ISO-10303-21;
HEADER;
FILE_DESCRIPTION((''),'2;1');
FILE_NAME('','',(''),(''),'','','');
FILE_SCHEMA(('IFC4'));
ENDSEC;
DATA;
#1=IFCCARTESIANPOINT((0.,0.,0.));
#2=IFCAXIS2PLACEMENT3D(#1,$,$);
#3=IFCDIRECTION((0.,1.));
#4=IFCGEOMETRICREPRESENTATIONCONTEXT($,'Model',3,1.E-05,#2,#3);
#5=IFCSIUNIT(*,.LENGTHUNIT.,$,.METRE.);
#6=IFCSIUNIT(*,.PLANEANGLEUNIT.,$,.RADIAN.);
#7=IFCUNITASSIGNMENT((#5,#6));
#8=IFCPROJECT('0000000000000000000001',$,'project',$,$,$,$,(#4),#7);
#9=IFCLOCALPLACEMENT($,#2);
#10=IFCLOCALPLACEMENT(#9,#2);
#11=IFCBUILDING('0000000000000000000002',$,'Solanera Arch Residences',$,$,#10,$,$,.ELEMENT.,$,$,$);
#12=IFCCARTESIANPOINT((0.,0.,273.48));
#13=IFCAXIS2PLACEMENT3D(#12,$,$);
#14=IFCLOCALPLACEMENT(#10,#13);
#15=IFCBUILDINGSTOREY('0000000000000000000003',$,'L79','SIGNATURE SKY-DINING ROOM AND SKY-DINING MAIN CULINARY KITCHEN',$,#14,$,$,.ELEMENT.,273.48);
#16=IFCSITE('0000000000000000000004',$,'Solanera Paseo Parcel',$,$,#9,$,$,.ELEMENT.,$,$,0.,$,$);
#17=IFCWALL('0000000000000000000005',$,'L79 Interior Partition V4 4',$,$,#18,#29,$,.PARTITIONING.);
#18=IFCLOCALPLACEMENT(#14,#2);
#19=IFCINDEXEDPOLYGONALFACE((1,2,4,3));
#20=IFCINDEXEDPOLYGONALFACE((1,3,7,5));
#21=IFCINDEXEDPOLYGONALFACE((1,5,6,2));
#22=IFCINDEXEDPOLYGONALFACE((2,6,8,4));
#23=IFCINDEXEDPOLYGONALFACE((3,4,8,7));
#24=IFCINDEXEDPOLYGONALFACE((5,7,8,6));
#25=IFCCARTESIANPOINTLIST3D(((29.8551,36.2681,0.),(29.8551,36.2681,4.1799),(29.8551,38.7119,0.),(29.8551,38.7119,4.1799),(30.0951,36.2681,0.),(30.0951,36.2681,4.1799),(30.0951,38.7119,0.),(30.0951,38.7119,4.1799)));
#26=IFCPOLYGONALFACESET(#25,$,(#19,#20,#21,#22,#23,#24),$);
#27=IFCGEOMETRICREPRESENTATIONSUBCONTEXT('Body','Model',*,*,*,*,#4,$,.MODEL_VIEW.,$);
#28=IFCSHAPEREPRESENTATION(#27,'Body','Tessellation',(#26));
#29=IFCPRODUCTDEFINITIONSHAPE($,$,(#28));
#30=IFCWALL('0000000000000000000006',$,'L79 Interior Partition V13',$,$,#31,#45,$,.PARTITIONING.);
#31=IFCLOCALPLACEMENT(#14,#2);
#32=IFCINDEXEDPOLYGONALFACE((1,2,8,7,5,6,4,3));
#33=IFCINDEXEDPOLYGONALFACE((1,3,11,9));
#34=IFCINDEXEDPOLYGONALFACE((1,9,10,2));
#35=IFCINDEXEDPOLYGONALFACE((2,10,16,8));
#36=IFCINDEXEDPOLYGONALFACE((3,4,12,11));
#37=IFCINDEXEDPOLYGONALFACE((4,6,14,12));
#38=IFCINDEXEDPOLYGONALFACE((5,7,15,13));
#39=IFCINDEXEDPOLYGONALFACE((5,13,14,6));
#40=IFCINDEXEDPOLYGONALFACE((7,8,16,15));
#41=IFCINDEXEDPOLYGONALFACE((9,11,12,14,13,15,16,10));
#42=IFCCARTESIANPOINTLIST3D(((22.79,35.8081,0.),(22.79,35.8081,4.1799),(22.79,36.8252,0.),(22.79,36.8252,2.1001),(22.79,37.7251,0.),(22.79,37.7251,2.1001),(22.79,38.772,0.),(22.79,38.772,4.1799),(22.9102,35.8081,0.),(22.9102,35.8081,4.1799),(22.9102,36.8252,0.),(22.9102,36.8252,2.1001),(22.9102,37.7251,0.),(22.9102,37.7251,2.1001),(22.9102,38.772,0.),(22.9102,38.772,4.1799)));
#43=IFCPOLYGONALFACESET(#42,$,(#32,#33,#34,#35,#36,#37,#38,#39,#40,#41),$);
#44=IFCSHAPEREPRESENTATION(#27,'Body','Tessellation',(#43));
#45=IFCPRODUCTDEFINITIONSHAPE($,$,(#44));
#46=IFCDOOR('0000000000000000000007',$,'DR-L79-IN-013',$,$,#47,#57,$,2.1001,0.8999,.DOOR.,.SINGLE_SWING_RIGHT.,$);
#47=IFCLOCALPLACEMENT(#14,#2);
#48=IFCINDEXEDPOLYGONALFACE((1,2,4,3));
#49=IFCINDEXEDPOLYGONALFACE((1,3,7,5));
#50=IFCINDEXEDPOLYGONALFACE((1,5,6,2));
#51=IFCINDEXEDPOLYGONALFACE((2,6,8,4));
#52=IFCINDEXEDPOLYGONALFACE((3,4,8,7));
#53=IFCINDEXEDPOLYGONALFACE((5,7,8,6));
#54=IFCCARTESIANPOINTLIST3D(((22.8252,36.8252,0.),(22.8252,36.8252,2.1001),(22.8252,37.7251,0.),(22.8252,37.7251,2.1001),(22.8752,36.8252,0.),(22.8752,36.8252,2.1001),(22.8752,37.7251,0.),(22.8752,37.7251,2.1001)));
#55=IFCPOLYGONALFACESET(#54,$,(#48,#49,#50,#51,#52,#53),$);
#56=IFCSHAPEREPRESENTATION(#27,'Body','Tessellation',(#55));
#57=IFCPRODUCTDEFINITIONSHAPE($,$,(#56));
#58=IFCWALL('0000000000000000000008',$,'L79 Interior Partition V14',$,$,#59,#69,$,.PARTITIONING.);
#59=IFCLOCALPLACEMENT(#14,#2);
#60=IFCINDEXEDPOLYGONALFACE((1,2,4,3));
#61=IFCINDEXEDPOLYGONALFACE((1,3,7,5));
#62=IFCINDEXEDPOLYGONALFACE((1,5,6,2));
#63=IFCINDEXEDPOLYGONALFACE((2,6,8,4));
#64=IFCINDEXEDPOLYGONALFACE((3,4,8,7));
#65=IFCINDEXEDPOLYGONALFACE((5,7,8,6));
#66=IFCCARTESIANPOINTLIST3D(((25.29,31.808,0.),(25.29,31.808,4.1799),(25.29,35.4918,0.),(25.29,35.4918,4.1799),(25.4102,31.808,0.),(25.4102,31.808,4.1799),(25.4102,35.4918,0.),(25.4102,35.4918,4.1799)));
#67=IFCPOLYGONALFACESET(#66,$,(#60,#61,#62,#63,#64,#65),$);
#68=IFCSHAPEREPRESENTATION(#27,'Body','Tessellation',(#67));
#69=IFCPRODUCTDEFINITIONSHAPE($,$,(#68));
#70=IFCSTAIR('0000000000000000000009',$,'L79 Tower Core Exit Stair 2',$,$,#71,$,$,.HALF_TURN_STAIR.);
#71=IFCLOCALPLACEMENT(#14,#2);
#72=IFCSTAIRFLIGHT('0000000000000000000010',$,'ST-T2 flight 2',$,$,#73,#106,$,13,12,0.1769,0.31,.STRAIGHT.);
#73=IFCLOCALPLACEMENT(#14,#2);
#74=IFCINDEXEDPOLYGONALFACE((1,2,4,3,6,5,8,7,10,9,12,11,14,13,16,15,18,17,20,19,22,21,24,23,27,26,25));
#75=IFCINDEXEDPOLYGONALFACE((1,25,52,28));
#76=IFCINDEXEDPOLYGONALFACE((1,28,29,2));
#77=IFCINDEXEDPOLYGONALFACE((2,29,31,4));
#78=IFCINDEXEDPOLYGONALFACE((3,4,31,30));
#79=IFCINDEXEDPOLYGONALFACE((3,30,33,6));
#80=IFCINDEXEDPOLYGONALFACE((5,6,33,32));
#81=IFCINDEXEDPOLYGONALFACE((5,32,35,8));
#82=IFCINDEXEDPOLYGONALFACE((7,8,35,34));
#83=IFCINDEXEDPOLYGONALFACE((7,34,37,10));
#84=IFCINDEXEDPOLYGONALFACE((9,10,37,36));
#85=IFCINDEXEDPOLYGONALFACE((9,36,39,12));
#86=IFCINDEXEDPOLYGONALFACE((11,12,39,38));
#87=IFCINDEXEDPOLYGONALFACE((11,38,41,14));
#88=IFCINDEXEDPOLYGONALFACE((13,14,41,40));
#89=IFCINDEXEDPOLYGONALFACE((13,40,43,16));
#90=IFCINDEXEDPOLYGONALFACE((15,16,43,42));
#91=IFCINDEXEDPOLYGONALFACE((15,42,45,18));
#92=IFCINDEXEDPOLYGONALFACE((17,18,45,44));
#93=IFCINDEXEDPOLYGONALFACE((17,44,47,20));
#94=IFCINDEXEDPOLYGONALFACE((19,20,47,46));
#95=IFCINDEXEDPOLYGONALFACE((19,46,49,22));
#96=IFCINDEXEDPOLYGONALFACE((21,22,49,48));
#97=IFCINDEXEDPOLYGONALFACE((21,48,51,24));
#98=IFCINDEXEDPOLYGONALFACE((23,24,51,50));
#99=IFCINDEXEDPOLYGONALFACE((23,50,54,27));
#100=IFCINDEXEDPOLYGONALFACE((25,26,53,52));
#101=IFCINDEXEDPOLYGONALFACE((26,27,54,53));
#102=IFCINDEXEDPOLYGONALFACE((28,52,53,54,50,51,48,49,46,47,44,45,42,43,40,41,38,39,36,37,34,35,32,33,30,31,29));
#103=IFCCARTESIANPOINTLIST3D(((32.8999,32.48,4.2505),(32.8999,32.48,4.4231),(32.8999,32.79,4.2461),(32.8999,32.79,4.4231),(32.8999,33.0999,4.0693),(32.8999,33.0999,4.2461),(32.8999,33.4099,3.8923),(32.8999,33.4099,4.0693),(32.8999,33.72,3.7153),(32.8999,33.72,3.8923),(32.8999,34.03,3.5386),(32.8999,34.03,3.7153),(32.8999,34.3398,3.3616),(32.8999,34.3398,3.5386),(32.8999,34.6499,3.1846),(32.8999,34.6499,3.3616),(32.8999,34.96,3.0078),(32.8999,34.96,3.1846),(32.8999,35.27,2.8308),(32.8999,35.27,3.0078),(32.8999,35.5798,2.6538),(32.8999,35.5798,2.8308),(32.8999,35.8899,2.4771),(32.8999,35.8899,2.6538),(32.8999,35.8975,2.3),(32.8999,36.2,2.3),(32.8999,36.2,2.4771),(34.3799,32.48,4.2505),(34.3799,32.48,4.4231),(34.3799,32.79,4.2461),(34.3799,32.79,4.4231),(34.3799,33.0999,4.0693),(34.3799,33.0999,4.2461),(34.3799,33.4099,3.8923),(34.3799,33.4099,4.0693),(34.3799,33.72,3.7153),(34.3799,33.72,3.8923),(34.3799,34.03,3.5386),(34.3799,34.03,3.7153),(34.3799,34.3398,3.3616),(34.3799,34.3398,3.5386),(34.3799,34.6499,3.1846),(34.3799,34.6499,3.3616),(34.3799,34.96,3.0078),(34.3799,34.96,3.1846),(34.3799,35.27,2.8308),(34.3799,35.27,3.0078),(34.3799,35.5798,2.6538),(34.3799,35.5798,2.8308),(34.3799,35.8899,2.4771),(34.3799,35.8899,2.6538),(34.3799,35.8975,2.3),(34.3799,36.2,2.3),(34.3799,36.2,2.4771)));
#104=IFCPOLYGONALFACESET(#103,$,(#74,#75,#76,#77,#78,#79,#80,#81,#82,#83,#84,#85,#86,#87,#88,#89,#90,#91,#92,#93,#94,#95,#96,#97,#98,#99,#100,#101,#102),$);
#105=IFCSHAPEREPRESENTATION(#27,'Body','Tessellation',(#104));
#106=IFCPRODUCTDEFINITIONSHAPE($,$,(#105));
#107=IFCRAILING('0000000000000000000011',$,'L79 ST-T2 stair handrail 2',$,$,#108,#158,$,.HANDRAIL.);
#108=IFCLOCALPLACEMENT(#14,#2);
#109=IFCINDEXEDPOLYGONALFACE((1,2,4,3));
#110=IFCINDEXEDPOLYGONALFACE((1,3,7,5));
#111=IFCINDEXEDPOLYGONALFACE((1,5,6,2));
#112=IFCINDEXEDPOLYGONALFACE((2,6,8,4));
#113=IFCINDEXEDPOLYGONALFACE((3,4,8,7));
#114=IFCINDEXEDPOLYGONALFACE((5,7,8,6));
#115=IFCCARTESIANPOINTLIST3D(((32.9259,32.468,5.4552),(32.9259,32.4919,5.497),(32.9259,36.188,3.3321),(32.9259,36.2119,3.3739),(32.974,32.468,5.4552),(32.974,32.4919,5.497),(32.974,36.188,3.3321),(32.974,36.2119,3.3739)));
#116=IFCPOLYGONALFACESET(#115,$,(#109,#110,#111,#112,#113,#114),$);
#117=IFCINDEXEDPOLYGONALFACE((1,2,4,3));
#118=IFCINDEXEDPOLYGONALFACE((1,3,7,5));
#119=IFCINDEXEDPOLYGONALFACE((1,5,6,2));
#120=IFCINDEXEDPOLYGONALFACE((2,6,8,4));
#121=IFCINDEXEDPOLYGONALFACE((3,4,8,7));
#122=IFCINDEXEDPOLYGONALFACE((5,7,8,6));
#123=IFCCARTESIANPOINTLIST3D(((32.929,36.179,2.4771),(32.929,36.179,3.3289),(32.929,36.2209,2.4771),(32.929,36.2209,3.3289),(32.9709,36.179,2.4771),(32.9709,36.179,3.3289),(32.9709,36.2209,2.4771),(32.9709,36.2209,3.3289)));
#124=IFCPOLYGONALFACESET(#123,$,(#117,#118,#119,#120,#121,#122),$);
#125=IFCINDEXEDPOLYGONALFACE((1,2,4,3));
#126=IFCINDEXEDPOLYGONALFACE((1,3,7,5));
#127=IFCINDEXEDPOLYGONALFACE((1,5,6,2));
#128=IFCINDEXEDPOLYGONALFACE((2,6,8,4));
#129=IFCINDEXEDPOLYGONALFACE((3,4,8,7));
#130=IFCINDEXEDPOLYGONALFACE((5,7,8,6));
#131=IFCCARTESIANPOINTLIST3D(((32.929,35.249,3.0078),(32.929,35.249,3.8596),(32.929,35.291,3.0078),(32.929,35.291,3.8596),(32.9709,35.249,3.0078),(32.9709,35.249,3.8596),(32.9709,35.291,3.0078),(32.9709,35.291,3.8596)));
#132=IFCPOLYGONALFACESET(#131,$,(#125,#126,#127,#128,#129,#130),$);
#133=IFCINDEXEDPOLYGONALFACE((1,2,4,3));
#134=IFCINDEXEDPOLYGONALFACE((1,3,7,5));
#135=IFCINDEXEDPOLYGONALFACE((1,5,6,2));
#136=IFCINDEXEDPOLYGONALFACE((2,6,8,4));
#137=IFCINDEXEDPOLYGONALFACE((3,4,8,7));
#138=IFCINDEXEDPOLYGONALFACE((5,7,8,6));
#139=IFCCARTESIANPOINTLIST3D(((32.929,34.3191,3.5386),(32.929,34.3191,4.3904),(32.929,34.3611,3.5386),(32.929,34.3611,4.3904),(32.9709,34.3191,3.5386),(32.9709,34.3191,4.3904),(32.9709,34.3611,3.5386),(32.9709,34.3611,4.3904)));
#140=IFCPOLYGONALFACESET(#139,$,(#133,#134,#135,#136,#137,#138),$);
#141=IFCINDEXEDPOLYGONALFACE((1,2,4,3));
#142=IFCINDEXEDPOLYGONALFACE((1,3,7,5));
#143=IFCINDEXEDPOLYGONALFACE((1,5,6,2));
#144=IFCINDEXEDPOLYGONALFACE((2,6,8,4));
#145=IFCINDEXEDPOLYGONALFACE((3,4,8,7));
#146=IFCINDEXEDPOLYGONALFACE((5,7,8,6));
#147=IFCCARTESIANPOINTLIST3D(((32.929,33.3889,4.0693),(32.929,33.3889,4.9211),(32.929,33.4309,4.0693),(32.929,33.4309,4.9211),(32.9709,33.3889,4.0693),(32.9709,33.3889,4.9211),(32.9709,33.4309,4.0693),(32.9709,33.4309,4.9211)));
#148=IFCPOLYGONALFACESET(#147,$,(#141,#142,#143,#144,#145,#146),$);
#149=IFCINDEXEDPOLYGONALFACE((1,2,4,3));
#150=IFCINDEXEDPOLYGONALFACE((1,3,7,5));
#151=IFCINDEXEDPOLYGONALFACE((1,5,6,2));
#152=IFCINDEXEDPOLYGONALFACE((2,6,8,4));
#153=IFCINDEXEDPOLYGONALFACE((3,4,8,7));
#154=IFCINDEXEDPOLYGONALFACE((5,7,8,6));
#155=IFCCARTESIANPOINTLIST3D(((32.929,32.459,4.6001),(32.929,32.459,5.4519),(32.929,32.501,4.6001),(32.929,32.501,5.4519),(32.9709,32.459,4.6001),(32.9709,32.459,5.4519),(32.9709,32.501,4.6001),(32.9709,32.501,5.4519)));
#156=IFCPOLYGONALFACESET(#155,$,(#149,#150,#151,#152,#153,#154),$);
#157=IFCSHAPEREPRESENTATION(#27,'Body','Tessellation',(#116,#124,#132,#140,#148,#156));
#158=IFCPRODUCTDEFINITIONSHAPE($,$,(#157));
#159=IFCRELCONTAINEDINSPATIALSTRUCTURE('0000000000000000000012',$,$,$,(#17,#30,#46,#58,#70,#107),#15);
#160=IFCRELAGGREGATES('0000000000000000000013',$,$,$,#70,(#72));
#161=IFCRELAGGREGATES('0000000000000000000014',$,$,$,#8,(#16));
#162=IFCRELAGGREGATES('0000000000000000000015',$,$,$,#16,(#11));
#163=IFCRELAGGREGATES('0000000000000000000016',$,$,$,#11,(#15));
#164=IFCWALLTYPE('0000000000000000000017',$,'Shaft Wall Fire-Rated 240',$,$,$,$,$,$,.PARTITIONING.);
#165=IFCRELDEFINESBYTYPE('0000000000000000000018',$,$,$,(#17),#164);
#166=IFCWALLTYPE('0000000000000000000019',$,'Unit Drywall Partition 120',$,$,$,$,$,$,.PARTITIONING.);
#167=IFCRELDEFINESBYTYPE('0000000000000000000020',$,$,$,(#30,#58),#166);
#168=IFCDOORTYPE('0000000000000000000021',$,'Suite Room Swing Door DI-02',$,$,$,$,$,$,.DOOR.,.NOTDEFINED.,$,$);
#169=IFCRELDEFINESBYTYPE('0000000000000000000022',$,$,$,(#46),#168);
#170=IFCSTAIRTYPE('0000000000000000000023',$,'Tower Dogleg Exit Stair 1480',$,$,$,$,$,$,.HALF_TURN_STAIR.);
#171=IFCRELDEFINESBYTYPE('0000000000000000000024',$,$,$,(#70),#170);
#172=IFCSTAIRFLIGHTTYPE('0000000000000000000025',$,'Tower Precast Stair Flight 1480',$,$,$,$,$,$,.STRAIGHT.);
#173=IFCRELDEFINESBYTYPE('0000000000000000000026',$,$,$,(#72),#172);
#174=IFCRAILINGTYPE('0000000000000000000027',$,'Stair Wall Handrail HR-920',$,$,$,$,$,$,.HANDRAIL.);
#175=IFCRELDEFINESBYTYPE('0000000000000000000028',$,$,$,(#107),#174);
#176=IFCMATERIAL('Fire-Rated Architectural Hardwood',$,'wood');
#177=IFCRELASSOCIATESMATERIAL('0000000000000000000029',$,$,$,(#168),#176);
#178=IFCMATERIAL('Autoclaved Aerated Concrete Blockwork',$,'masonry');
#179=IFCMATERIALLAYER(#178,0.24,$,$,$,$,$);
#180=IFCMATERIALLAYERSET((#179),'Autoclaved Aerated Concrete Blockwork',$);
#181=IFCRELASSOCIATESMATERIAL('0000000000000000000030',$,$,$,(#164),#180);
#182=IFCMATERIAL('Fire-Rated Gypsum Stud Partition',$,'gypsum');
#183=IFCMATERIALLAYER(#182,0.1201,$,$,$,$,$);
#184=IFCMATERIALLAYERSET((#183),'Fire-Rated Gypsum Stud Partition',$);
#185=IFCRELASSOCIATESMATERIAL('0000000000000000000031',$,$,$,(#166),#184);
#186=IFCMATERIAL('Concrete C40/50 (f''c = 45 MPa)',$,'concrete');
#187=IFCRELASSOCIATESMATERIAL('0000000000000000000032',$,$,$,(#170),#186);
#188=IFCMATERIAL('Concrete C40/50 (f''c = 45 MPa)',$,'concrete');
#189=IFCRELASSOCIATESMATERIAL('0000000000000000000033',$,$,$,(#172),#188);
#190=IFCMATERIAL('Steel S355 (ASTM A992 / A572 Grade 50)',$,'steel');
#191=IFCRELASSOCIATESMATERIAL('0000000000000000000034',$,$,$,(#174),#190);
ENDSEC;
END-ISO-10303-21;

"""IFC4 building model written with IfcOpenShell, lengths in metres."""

from ifc_helpers import new_model, si_unit, direction, frame, frame_2d, origin, origin_2d, place, context, subcontext, project, spatial, polyline, rectangle, outline, extrude, material, layer, layer_set, type_object, element, fill, aggregate, save


model = new_model("IFC4")

# Units and contexts
model_context = context("Model", 3, precision=1e-05, world=origin(), true_north=direction((0.0, 1.0)))
body_context = subcontext(model_context, "Body", "Model", "MODEL_VIEW")
ifc_project = project(units=[si_unit("LENGTHUNIT", "METRE"), si_unit("PLANEANGLEUNIT", "RADIAN")], contexts=[model_context])

# Site, building, storey
site_placement = place(None, origin())
site = spatial("IfcSite", under=ifc_project, at=site_placement, Name="Solanera Paseo Parcel", CompositionType="ELEMENT", RefElevation=0.0)
building_placement = place(site_placement, origin())
building = spatial("IfcBuilding", under=site, at=building_placement, Name="Solanera Arch Residences", CompositionType="ELEMENT")
storey_placement = place(building_placement, frame((0.0, 0.0, 273.48)))
storey = spatial("IfcBuildingStorey", under=building, at=storey_placement, Name="L79", Description="SIGNATURE SKY-DINING ROOM AND SKY-DINING MAIN CULINARY KITCHEN", CompositionType="ELEMENT", Elevation=273.48)

# Shared definitions
ifc_material_1 = material(Name="Fire-Rated Architectural Hardwood", Category="wood")
door_type_1 = type_object("IfcDoorType", Name="Suite Room Swing Door DI-02", OperationType="NOTDEFINED", PredefinedType="DOOR", material=ifc_material_1)
ifc_material_2 = material(Name="Autoclaved Aerated Concrete Blockwork", Category="masonry")
ifc_layer_1 = layer(ifc_material_2, 0.24)
ifc_layer_set_1 = layer_set([ifc_layer_1], Name="Autoclaved Aerated Concrete Blockwork")
wall_type_1 = type_object("IfcWallType", Name="Shaft Wall Fire-Rated 240", PredefinedType="PARTITIONING", material=ifc_layer_set_1)

# Wall
wall_1_placement = place(storey_placement, frame((29.9751, 36.2681, 0.0), z_axis=(0.0, 0.0, 1.0), x_axis=(0.0, 1.0, 0.0)))
element("IfcWall", 1, at=wall_1_placement, inside=storey, type_object=wall_type_1, Name="L79 Interior Partition V4 4", PredefinedType="PARTITIONING", context=body_context, shape_type="SweptSolid", body=[
    extrude(rectangle(XDim=2.4438, YDim=0.24, at=frame_2d((1.2219, 0.0))), origin(), (0.0, 0.0, 1.0), 4.1799),
])

# Wall, opening, door
ifc_material_3 = material(Name="Fire-Rated Gypsum Stud Partition", Category="gypsum")
ifc_layer_2 = layer(ifc_material_3, 0.1201)
ifc_layer_set_2 = layer_set([ifc_layer_2], Name="Fire-Rated Gypsum Stud Partition")
wall_type_2 = type_object("IfcWallType", Name="Unit Drywall Partition 120", PredefinedType="PARTITIONING", material=ifc_layer_set_2)
wall_2_placement = place(storey_placement, frame((22.8501, 35.8081, 0.0), z_axis=(0.0, 0.0, 1.0), x_axis=(0.0, 1.0, 0.0)))
wall_2 = element("IfcWall", 2, at=wall_2_placement, inside=storey, type_object=wall_type_2, Name="L79 Interior Partition V13", PredefinedType="PARTITIONING", context=body_context, shape_type="SweptSolid", body=[
    extrude(rectangle(XDim=2.9639, YDim=0.1201, at=frame_2d((1.4819, 0.0))), origin(), (0.0, 0.0, 1.0), 4.1799),
])
opening_1_placement = place(wall_2_placement, frame((1.0171, 0.0, 0.0)))
opening_1 = element("IfcOpeningElement", 3, at=opening_1_placement, cuts=wall_2, PredefinedType="OPENING", context=body_context, shape_type="SweptSolid", body=[
    extrude(rectangle(XDim=0.8999, YDim=2.1001, at=frame_2d((0.45, 1.05))), frame((0.0, 0.0701, 0.0), z_axis=(0.0, -1.0, 0.0), x_axis=(1.0, 0.0, 0.0)), (0.0, 0.0, 1.0), 0.1401),
])
door_1_placement = place(opening_1_placement, origin())
door_1 = element("IfcDoor", 4, at=door_1_placement, inside=storey, type_object=door_type_1, Name="DR-L79-IN-013", OperationType="SINGLE_SWING_RIGHT", OverallHeight=2.1001, OverallWidth=0.8999, PredefinedType="DOOR", context=body_context, shape_type="SweptSolid", body=[
    extrude(rectangle(XDim=0.8999, YDim=2.1001, at=frame_2d((0.45, 1.05))), frame((0.0, 0.0249, 0.0), z_axis=(0.0, -1.0, 0.0), x_axis=(1.0, 0.0, 0.0)), (0.0, 0.0, 1.0), 0.05),
])
fill(opening_1, door_1)

# Wall
wall_3_placement = place(storey_placement, frame((25.3501, 31.8081, 0.0), z_axis=(0.0, 0.0, 1.0), x_axis=(0.0, 1.0, 0.0)))
element("IfcWall", 5, at=wall_3_placement, inside=storey, type_object=wall_type_2, Name="L79 Interior Partition V14", PredefinedType="PARTITIONING", context=body_context, shape_type="SweptSolid", body=[
    extrude(rectangle(XDim=3.6838, YDim=0.1201, at=frame_2d((1.8418, 0.0))), origin(), (0.0, 0.0, 1.0), 4.1799),
])

# Stair, stair flight
ifc_material_4 = material(Name="Concrete C40/50 (f'c = 45 MPa)", Category="concrete")
stair_type = type_object("IfcStairType", Name="Tower Dogleg Exit Stair 1480", PredefinedType="HALF_TURN_STAIR", material=ifc_material_4)
stair_placement = place(storey_placement, origin())
stair = element("IfcStair", 6, at=stair_placement, inside=storey, type_object=stair_type, Name="L79 Tower Core Exit Stair 2", PredefinedType="HALF_TURN_STAIR")
ifc_material_5 = material(Name="Concrete C40/50 (f'c = 45 MPa)", Category="concrete")
stair_flight_type = type_object("IfcStairFlightType", Name="Tower Precast Stair Flight 1480", PredefinedType="STRAIGHT", material=ifc_material_5)
stair_flight_placement = place(storey_placement, frame((33.6399, 36.2, 2.3), z_axis=(0.0, 0.0, 1.0), x_axis=(0.0, -1.0, 0.0)))
stair_flight = element("IfcStairFlight", 7, at=stair_flight_placement, type_object=stair_flight_type, Name="ST-T2 flight 2", NumberOfRisers=13, NumberOfTreads=12, PredefinedType="STRAIGHT", RiserHeight=0.1769, TreadLength=0.31, context=body_context, shape_type="SweptSolid", body=[
    extrude(outline(polyline([(0.0, 0.0), (0.0, 0.177), (0.3101, 0.177), (0.3101, 0.3538), (0.6201, 0.3538), (0.6201, 0.5308), (0.9299, 0.5308), (0.9299, 0.7078), (1.24, 0.7078), (1.24, 0.8845), (1.55, 0.8845), (1.55, 1.0615), (1.8601, 1.0615), (1.8601, 1.2385), (2.1699, 1.2385), (2.1699, 1.4153), (2.48, 1.4153), (2.48, 1.5923), (2.79, 1.5923), (2.79, 1.7693), (3.1001, 1.7693), (3.1001, 1.946), (3.4099, 1.946), (3.4099, 2.123), (3.72, 2.123), (3.72, 2.3), (3.72, 1.9504), (0.3025, 0.0), (0.0, 0.0)])), frame((0.0, 0.74, 0.0), z_axis=(0.0, -1.0, 0.0), x_axis=(1.0, 0.0, 0.0)), (0.0, 0.0, 1.0), 1.48),
])
aggregate(stair, [stair_flight])

# Railing
ifc_material_6 = material(Name="Steel S355 (ASTM A992 / A572 Grade 50)", Category="steel")
railing_type = type_object("IfcRailingType", Name="Stair Wall Handrail HR-920", PredefinedType="HANDRAIL", material=ifc_material_6)
railing_placement = place(storey_placement, frame((32.95, 36.2, 2.4771)))
element("IfcRailing", 8, at=railing_placement, inside=storey, type_object=railing_type, Name="L79 ST-T2 stair handrail 2", PredefinedType="HANDRAIL", context=body_context, shape_type="SweptSolid", body=[
    extrude(rectangle(XDim=0.0481, YDim=0.0481, at=origin_2d()), frame((0.0, 0.0, 0.876), z_axis=(0.0, -0.86851, 0.495672), x_axis=(1.0, 0.0, 0.0)), (0.0, 0.0, 1.0), 4.2832),
    extrude(rectangle(XDim=0.042, YDim=0.042, at=origin_2d()), origin(), (0.0, 0.0, 1.0), 0.8518),
    extrude(rectangle(XDim=0.042, YDim=0.042, at=origin_2d()), frame((0.0, -0.9299, 0.5308)), (0.0, 0.0, 1.0), 0.8518),
    extrude(rectangle(XDim=0.042, YDim=0.042, at=origin_2d()), frame((0.0, -1.8599, 1.0615)), (0.0, 0.0, 1.0), 0.8518),
    extrude(rectangle(XDim=0.042, YDim=0.042, at=origin_2d()), frame((0.0, -2.79, 1.5923)), (0.0, 0.0, 1.0), 0.8518),
    extrude(rectangle(XDim=0.042, YDim=0.042, at=origin_2d()), frame((0.0, -3.72, 2.123)), (0.0, 0.0, 1.0), 0.8518),
])

save(model, "model.ifc")
